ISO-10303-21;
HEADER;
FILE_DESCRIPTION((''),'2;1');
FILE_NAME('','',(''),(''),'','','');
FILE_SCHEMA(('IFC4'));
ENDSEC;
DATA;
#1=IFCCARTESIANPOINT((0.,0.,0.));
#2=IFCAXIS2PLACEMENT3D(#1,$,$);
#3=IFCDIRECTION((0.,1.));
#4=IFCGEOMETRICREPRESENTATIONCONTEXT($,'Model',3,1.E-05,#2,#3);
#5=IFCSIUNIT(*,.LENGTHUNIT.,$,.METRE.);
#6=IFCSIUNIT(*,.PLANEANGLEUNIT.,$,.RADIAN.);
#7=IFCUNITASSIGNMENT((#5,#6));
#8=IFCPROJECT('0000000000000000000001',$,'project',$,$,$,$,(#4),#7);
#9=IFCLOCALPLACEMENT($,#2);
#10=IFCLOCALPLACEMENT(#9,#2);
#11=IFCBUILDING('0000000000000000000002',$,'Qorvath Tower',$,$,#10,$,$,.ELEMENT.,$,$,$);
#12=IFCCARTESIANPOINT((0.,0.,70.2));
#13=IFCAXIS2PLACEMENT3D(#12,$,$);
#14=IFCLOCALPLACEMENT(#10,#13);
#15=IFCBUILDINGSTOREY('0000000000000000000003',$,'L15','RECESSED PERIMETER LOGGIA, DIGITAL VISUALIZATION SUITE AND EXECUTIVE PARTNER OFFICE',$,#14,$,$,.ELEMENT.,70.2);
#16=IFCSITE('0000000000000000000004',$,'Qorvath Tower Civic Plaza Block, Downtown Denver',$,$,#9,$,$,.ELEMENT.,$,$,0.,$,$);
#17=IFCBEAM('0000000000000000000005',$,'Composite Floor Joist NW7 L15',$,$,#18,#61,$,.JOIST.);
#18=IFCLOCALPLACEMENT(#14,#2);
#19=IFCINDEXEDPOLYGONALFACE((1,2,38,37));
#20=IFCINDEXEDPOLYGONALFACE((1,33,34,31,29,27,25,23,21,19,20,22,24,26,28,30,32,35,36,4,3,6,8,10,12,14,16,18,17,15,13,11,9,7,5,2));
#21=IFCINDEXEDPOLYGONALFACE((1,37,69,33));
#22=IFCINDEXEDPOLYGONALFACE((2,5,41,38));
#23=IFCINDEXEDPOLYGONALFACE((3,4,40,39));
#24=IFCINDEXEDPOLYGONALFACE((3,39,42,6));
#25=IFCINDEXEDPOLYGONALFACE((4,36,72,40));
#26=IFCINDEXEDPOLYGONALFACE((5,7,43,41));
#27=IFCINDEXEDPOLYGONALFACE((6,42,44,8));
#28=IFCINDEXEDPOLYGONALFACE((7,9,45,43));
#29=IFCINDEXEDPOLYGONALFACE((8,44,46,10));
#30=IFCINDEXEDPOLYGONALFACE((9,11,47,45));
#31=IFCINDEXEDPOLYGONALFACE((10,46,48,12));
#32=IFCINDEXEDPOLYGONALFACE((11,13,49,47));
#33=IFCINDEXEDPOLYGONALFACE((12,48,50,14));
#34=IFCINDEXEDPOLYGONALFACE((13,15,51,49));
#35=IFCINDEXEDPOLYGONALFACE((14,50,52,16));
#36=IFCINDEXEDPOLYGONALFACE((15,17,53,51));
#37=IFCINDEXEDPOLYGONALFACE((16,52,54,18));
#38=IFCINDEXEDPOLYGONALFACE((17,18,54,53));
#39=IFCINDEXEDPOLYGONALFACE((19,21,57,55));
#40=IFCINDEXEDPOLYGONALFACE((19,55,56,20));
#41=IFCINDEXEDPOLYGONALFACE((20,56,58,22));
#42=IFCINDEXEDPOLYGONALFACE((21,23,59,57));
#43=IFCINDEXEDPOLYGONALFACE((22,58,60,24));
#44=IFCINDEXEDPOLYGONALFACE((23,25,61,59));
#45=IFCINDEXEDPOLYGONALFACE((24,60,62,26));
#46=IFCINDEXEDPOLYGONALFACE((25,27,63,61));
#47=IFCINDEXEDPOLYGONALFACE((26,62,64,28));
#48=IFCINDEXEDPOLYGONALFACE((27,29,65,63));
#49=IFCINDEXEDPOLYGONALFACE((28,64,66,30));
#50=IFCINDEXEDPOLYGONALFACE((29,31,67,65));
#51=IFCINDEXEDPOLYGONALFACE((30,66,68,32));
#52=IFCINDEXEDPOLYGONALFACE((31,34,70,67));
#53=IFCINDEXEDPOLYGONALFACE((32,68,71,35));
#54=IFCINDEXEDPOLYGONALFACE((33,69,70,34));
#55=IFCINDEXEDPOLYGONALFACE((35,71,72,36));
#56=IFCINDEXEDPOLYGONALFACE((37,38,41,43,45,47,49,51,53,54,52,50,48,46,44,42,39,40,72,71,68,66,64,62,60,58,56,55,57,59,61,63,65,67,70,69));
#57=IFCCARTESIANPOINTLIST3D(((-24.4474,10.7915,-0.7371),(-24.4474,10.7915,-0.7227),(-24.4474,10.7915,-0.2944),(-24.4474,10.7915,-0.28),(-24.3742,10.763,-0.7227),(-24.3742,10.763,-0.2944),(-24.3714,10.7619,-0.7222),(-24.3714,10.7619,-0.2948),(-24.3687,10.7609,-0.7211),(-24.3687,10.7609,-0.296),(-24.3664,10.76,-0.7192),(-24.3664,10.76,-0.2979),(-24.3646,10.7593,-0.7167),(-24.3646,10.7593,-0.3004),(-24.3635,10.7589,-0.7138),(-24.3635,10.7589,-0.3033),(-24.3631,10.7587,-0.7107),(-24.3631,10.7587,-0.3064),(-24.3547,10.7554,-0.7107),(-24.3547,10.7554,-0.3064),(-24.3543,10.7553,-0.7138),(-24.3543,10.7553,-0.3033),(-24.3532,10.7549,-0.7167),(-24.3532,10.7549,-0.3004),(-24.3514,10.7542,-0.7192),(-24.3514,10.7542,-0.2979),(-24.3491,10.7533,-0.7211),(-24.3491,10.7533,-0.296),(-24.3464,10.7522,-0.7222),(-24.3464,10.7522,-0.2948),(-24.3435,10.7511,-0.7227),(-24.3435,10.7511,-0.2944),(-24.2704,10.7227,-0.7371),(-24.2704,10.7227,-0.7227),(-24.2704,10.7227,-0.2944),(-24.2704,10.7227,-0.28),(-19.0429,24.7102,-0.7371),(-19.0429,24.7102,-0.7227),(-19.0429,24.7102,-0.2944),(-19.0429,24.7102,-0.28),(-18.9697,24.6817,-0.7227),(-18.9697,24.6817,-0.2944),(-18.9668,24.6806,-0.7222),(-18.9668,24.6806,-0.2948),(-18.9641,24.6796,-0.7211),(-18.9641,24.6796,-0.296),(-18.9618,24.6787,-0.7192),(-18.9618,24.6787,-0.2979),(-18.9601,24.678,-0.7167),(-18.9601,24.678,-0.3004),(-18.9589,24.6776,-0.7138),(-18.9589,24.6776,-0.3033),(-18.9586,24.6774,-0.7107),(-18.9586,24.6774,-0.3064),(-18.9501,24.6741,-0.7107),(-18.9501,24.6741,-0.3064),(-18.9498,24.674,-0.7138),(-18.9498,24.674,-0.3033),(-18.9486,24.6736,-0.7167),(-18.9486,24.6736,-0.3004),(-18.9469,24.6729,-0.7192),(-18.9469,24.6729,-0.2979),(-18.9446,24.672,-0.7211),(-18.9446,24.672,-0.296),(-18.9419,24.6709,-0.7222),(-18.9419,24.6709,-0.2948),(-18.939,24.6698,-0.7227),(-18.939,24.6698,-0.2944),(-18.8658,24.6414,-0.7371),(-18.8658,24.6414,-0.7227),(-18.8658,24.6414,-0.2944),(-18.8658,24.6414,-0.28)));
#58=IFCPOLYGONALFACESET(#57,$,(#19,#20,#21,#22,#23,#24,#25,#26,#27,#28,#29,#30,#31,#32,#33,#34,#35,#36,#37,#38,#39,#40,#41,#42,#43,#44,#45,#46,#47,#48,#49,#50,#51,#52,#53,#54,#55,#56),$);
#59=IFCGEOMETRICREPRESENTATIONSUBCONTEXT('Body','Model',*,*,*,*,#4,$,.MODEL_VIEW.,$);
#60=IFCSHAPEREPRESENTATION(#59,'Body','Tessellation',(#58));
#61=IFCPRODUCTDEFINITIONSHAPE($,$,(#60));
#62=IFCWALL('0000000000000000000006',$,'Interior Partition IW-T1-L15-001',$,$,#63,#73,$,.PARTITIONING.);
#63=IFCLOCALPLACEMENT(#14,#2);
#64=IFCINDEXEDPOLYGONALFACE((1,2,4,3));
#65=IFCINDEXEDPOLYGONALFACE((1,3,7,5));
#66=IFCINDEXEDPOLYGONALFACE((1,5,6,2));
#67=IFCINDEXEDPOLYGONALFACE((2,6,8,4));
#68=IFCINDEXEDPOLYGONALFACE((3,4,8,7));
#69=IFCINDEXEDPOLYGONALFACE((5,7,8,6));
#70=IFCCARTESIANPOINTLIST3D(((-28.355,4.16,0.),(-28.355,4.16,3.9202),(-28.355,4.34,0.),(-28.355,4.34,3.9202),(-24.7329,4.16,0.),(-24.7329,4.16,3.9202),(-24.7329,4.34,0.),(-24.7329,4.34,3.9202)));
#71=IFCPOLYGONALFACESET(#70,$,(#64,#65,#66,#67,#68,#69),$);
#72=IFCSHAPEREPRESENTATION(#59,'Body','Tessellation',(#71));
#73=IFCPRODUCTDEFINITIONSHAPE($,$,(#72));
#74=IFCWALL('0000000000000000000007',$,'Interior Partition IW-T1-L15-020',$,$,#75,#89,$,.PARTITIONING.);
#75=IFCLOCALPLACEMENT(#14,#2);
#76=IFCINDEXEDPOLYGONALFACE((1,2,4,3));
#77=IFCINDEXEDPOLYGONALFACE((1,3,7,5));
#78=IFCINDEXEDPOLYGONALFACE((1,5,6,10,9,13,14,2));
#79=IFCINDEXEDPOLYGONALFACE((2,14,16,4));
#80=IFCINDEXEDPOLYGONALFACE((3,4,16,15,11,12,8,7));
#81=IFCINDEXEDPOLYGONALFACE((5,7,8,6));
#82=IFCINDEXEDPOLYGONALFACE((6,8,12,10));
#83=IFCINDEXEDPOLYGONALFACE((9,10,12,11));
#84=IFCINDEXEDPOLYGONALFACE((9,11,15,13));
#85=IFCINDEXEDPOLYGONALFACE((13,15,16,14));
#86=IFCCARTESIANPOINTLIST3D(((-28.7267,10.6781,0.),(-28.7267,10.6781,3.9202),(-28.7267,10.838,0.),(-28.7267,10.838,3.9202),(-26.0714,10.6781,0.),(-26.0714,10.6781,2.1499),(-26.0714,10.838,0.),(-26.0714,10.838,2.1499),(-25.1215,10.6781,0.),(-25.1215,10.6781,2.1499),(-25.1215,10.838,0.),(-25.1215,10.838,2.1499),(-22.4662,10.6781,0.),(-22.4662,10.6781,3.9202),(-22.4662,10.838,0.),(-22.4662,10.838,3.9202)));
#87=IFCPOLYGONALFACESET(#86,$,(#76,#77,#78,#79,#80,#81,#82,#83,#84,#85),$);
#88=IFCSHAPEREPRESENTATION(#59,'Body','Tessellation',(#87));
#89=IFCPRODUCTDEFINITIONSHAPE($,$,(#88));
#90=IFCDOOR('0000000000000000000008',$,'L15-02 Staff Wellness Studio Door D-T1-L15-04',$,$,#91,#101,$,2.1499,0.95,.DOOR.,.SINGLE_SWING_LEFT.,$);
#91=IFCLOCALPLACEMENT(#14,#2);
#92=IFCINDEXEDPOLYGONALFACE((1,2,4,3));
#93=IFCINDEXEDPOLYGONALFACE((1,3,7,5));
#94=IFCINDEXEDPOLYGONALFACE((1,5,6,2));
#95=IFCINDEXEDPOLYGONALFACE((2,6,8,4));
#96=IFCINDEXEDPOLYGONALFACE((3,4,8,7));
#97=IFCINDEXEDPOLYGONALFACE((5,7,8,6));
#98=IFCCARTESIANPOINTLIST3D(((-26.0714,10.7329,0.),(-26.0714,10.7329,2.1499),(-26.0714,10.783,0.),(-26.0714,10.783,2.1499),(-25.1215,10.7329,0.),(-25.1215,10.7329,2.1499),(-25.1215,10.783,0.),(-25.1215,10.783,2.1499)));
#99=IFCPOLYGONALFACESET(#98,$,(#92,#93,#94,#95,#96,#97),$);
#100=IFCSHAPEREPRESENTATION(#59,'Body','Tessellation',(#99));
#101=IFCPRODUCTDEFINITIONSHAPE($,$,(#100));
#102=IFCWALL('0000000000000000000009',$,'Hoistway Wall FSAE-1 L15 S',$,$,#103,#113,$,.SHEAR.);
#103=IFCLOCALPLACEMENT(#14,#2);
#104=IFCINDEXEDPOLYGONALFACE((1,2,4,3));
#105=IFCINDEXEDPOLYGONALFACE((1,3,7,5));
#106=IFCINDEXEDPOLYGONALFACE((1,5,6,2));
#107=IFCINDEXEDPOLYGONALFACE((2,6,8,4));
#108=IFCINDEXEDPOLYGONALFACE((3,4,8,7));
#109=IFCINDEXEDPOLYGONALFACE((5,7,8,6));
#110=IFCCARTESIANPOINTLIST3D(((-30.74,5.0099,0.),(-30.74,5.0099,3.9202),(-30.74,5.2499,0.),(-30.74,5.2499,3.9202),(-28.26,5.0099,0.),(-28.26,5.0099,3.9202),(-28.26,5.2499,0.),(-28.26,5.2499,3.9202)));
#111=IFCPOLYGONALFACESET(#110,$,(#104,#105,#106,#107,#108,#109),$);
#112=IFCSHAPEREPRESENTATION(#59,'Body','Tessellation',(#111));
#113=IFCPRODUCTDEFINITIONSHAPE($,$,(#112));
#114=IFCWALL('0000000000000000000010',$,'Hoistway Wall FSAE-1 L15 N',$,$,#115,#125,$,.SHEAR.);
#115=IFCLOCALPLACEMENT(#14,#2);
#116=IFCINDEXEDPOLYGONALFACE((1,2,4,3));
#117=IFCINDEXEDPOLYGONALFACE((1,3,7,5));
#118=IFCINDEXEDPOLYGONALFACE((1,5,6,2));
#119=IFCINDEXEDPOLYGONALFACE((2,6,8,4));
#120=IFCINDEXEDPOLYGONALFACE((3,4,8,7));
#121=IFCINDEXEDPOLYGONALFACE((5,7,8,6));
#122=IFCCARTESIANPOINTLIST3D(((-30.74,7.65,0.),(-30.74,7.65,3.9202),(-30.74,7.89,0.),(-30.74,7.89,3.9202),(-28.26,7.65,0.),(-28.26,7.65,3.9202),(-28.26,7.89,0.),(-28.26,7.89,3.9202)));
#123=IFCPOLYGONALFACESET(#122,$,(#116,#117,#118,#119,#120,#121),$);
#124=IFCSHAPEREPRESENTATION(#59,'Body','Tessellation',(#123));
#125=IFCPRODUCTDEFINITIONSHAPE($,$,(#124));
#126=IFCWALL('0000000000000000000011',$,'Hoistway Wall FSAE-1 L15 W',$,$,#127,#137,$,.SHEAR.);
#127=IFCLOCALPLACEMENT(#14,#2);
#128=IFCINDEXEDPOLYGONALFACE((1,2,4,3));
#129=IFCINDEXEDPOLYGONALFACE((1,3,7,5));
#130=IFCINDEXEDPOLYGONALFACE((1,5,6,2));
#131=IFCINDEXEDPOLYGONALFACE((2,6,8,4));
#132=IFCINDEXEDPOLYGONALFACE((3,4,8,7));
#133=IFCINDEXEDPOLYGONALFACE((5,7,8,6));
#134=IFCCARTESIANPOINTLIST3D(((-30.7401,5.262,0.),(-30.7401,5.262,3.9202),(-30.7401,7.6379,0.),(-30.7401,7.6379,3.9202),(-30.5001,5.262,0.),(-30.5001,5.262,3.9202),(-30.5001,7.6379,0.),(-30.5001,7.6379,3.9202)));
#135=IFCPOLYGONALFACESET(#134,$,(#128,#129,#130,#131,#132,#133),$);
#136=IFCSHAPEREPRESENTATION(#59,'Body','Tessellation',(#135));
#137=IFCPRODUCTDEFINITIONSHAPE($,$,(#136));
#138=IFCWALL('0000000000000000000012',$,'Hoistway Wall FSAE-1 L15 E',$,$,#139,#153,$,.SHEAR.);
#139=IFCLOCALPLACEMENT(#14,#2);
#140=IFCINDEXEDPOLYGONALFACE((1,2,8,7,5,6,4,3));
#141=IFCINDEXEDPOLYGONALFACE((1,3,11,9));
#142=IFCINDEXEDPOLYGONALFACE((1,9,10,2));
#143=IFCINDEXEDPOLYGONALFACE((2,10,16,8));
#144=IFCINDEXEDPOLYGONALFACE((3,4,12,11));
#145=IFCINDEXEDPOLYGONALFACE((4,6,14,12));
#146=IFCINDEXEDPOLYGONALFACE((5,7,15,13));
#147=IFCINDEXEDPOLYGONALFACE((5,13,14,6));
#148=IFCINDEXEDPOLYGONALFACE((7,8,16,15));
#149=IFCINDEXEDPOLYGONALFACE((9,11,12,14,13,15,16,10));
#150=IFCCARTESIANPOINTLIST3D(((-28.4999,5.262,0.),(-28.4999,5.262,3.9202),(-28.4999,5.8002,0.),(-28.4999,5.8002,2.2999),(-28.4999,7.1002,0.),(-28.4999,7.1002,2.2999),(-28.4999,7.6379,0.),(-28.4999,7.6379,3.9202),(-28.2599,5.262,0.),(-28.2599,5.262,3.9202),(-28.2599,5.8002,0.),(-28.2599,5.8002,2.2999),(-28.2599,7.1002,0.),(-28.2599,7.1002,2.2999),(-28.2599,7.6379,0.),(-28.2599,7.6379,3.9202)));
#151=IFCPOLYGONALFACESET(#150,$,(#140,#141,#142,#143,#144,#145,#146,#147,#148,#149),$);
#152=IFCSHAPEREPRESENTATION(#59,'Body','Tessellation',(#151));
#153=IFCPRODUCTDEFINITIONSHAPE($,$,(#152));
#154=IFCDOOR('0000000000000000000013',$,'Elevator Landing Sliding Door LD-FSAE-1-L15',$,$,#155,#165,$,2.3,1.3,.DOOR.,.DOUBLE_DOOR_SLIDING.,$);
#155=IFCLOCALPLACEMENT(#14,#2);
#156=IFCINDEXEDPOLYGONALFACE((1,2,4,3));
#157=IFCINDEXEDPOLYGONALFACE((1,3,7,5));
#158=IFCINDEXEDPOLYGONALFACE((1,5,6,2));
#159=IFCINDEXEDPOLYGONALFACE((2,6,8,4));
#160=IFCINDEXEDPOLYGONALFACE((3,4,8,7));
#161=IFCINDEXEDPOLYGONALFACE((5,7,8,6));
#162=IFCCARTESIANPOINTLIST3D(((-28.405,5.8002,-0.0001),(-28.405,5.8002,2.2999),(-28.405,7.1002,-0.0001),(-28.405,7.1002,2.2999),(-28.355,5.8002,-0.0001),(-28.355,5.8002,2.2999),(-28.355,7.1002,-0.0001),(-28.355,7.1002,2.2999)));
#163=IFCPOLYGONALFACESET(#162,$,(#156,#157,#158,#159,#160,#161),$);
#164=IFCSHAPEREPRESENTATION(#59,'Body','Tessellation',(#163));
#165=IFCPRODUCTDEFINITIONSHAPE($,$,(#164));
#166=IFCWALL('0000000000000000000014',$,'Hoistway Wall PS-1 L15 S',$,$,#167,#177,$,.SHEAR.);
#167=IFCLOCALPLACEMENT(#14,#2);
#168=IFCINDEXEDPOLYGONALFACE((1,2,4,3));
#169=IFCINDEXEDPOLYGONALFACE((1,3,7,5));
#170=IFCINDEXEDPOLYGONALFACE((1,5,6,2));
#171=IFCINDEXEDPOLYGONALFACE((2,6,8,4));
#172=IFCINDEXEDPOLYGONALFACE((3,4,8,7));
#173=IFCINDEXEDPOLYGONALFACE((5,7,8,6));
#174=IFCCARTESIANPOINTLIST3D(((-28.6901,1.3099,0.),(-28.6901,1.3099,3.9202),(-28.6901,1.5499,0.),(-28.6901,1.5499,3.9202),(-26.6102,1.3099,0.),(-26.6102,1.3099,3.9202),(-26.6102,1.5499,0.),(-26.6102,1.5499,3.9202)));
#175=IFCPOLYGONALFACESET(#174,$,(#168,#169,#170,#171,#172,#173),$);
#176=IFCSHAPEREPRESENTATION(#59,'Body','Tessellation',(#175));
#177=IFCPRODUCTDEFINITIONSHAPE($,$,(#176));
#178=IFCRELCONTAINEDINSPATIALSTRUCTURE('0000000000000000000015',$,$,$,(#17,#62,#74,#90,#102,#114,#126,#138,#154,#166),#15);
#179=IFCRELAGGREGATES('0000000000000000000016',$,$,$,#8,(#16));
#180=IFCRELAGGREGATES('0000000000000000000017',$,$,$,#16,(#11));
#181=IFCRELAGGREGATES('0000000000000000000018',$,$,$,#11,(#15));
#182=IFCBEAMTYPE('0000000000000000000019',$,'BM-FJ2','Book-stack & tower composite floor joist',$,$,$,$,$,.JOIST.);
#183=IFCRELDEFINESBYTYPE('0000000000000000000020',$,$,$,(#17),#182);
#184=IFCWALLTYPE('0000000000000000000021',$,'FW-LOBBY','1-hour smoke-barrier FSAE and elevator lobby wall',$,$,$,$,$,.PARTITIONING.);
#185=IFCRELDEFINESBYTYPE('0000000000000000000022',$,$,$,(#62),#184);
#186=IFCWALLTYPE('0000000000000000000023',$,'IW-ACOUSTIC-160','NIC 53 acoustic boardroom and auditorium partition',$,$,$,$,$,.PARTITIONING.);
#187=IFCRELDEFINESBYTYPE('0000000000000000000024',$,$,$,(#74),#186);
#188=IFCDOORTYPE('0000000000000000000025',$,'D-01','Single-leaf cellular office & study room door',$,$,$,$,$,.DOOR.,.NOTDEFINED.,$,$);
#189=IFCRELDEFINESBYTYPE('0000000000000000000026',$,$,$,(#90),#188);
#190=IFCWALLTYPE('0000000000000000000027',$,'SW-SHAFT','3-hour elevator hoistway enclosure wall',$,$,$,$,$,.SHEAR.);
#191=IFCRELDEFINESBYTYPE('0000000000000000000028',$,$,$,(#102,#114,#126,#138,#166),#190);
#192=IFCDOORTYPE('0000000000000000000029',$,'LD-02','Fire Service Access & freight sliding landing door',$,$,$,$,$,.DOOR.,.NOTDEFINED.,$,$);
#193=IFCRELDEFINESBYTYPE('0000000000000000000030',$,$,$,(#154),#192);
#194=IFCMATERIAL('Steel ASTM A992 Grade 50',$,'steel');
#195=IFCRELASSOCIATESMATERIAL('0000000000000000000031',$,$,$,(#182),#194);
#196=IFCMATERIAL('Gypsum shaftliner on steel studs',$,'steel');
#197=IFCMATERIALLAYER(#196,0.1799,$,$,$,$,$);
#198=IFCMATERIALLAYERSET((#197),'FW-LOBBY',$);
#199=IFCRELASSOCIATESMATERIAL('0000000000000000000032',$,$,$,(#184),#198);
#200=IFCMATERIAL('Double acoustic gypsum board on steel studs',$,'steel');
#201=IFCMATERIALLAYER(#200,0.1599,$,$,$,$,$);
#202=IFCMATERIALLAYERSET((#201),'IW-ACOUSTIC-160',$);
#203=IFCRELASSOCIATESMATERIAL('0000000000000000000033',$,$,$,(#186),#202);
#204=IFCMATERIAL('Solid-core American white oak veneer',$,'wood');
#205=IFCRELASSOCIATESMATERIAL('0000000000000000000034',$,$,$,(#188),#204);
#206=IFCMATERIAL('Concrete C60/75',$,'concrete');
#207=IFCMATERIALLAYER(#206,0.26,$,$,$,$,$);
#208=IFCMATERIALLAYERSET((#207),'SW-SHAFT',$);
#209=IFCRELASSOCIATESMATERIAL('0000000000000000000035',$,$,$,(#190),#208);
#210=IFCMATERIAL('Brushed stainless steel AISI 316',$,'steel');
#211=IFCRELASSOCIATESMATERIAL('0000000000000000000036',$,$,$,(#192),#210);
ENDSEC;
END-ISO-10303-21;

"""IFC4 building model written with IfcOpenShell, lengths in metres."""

from ifc_helpers import new_model, si_unit, direction, frame, frame_2d, origin, origin_2d, place, context, subcontext, project, spatial, rectangle, i_section, extrude, material, layer, layer_set, material_profile, profile_set, type_object, element, fill, save


model = new_model("IFC4")

# Units and contexts
model_context = context("Model", 3, precision=1e-05, world=origin(), true_north=direction((0.0, 1.0)))
body_context = subcontext(model_context, "Body", "Model", "MODEL_VIEW")
ifc_project = project(units=[si_unit("LENGTHUNIT", "METRE"), si_unit("PLANEANGLEUNIT", "RADIAN")], contexts=[model_context])

# Site, building, storey
site_placement = place(None, origin())
site = spatial("IfcSite", under=ifc_project, at=site_placement, Name="Qorvath Tower Civic Plaza Block, Downtown Denver", CompositionType="ELEMENT", RefElevation=0.0)
building_placement = place(site_placement, origin())
building = spatial("IfcBuilding", under=site, at=building_placement, Name="Qorvath Tower", CompositionType="ELEMENT")
storey_placement = place(building_placement, frame((0.0, 0.0, 70.2)))
storey = spatial("IfcBuildingStorey", under=building, at=storey_placement, Name="L15", Description="RECESSED PERIMETER LOGGIA, DIGITAL VISUALIZATION SUITE AND EXECUTIVE PARTNER OFFICE", CompositionType="ELEMENT", Elevation=70.2)

# Beam
ifc_material_1 = material(Name="Steel ASTM A992 Grade 50", Category="steel")
ifc_material_profile_1 = material_profile(ifc_material_1, i_section(OverallWidth=0.1899, OverallDepth=0.457, WebThickness=0.009, FlangeThickness=0.0144, FilletRadius=0.012, at=origin_2d()), Name="W18x50")
ifc_profile_set_1 = profile_set([ifc_material_profile_1], Name="Steel ASTM A992 Grade 50")
beam_type_1 = type_object("IfcBeamType", Name="BM-FJ2", Description="Book-stack & tower composite floor joist", PredefinedType="JOIST", material=ifc_profile_set_1)
beam_1_placement = place(storey_placement, frame((-24.3589, 10.7571, -0.5085), z_axis=(0.361964, 0.932192, 0.0), x_axis=(-0.932192, 0.361964, 0.0)))
element("IfcBeam", 1, at=beam_1_placement, inside=storey, type_object=beam_type_1, Name="Composite Floor Joist NW7 L15", PredefinedType="JOIST", context=body_context, shape_type="SweptSolid", body=[
    extrude(i_section(OverallWidth=0.1899, OverallDepth=0.457, WebThickness=0.009, FlangeThickness=0.0144, FilletRadius=0.012, at=origin_2d()), origin(), (0.0, 0.0, 1.0), 14.9312),
])

# Wall
ifc_material_2 = material(Name="Gypsum shaftliner on steel studs", Category="steel")
ifc_layer_1 = layer(ifc_material_2, 0.1799)
ifc_layer_set_1 = layer_set([ifc_layer_1], Name="FW-LOBBY")
wall_type_1 = type_object("IfcWallType", Name="FW-LOBBY", Description="1-hour smoke-barrier FSAE and elevator lobby wall", PredefinedType="PARTITIONING", material=ifc_layer_set_1)
wall_1_placement = place(storey_placement, frame((-28.355, 4.25, 0.0), z_axis=(0.0, 0.0, 1.0), x_axis=(1.0, 0.0, 0.0)))
element("IfcWall", 2, at=wall_1_placement, inside=storey, type_object=wall_type_1, Name="Interior Partition IW-T1-L15-001", PredefinedType="PARTITIONING", context=body_context, shape_type="SweptSolid", body=[
    extrude(rectangle(XDim=3.6221, YDim=0.1799, at=frame_2d((1.811, 0.0))), origin(), (0.0, 0.0, 1.0), 3.9202),
])

# Wall, opening, door
ifc_material_3 = material(Name="Double acoustic gypsum board on steel studs", Category="steel")
ifc_layer_2 = layer(ifc_material_3, 0.1599)
ifc_layer_set_2 = layer_set([ifc_layer_2], Name="IW-ACOUSTIC-160")
wall_type_2 = type_object("IfcWallType", Name="IW-ACOUSTIC-160", Description="NIC 53 acoustic boardroom and auditorium partition", PredefinedType="PARTITIONING", material=ifc_layer_set_2)
wall_2_placement = place(storey_placement, frame((-28.7268, 10.7581, 0.0), z_axis=(0.0, 0.0, 1.0), x_axis=(1.0, 0.0, 0.0)))
wall_2 = element("IfcWall", 3, at=wall_2_placement, inside=storey, type_object=wall_type_2, Name="Interior Partition IW-T1-L15-020", PredefinedType="PARTITIONING", context=body_context, shape_type="SweptSolid", body=[
    extrude(rectangle(XDim=6.2605, YDim=0.1599, at=frame_2d((3.1304, 0.0))), origin(), (0.0, 0.0, 1.0), 3.9202),
])
opening_1_placement = place(wall_2_placement, frame((2.6553, 0.0, 0.0)))
opening_1 = element("IfcOpeningElement", 4, at=opening_1_placement, cuts=wall_2, PredefinedType="OPENING", context=body_context, shape_type="SweptSolid", body=[
    extrude(rectangle(XDim=0.95, YDim=2.1499, at=frame_2d((0.4751, 1.075))), frame((0.0, 0.0898, 0.0), z_axis=(0.0, -1.0, 0.0), x_axis=(1.0, 0.0, 0.0)), (0.0, 0.0, 1.0), 0.1799),
])
ifc_material_4 = material(Name="Solid-core American white oak veneer", Category="wood")
door_type_1 = type_object("IfcDoorType", Name="D-01", Description="Single-leaf cellular office & study room door", OperationType="NOTDEFINED", PredefinedType="DOOR", material=ifc_material_4)
door_1_placement = place(opening_1_placement, origin())
door_1 = element("IfcDoor", 5, at=door_1_placement, inside=storey, type_object=door_type_1, Name="L15-02 Staff Wellness Studio Door D-T1-L15-04", OperationType="SINGLE_SWING_LEFT", OverallHeight=2.1499, OverallWidth=0.95, PredefinedType="DOOR", context=body_context, shape_type="SweptSolid", body=[
    extrude(rectangle(XDim=0.95, YDim=2.1499, at=frame_2d((0.4751, 1.075))), frame((0.0, 0.0249, 0.0), z_axis=(0.0, -1.0, 0.0), x_axis=(1.0, 0.0, 0.0)), (0.0, 0.0, 1.0), 0.05),
])
fill(opening_1, door_1)

# Walls
ifc_material_5 = material(Name="Concrete C60/75", Category="concrete")
ifc_layer_3 = layer(ifc_material_5, 0.26)
ifc_layer_set_3 = layer_set([ifc_layer_3], Name="SW-SHAFT")
wall_type_3 = type_object("IfcWallType", Name="SW-SHAFT", Description="3-hour elevator hoistway enclosure wall", PredefinedType="SHEAR", material=ifc_layer_set_3)
for number, where, z_axis, x_axis, name in (
    (6, (-28.26, 5.1299, 0.0), (0.0, 0.0, 1.0), (-1.0, 0.0, 0.0), "Hoistway Wall FSAE-1 L15 S"),
    (7, (-30.74, 7.77, 0.0), (0.0, 0.0, 1.0), (1.0, 0.0, 0.0), "Hoistway Wall FSAE-1 L15 N"),
):
    element("IfcWall", number, at=place(storey_placement, frame(where, z_axis=z_axis, x_axis=x_axis)), inside=storey, type_object=wall_type_3, Name=name, PredefinedType="SHEAR", context=body_context, shape_type="SweptSolid", body=[
        extrude(rectangle(XDim=2.48, YDim=0.24, at=frame_2d((1.24, 0.0))), origin(), (0.0, 0.0, 1.0), 3.9202),
    ])
wall_3_placement = place(storey_placement, frame((-30.6201, 5.262, 0.0), z_axis=(0.0, 0.0, 1.0), x_axis=(0.0, 1.0, 0.0)))
element("IfcWall", 8, at=wall_3_placement, inside=storey, type_object=wall_type_3, Name="Hoistway Wall FSAE-1 L15 W", PredefinedType="SHEAR", context=body_context, shape_type="SweptSolid", body=[
    extrude(rectangle(XDim=2.376, YDim=0.24, at=frame_2d((1.188, 0.0))), origin(), (0.0, 0.0, 1.0), 3.9202),
])

# Wall, opening, door
wall_4_placement = place(storey_placement, frame((-28.3799, 7.6379, 0.0), z_axis=(0.0, 0.0, 1.0), x_axis=(0.0, -1.0, 0.0)))
wall_4 = element("IfcWall", 9, at=wall_4_placement, inside=storey, type_object=wall_type_3, Name="Hoistway Wall FSAE-1 L15 E", PredefinedType="SHEAR", context=body_context, shape_type="SweptSolid", body=[
    extrude(rectangle(XDim=2.376, YDim=0.24, at=frame_2d((1.188, 0.0))), origin(), (0.0, 0.0, 1.0), 3.9202),
])
opening_2_placement = place(wall_4_placement, frame((0.5378, 0.0, 0.0)))
opening_2 = element("IfcOpeningElement", 10, at=opening_2_placement, cuts=wall_4, PredefinedType="OPENING", context=body_context, shape_type="SweptSolid", body=[
    extrude(rectangle(XDim=1.3, YDim=2.3, at=frame_2d((0.6499, 1.1499))), frame((0.0, 0.1299, 0.0), z_axis=(0.0, -1.0, 0.0), x_axis=(1.0, 0.0, 0.0)), (0.0, 0.0, 1.0), 0.26),
])
ifc_material_6 = material(Name="Brushed stainless steel AISI 316", Category="steel")
door_type_2 = type_object("IfcDoorType", Name="LD-02", Description="Fire Service Access & freight sliding landing door", OperationType="NOTDEFINED", PredefinedType="DOOR", material=ifc_material_6)
door_2_placement = place(opening_2_placement, origin())
door_2 = element("IfcDoor", 11, at=door_2_placement, inside=storey, type_object=door_type_2, Name="Elevator Landing Sliding Door LD-FSAE-1-L15", OperationType="DOUBLE_DOOR_SLIDING", OverallHeight=2.3, OverallWidth=1.3, PredefinedType="DOOR", context=body_context, shape_type="SweptSolid", body=[
    extrude(rectangle(XDim=1.3, YDim=2.3, at=frame_2d((0.6499, 1.1499))), frame((0.0, 0.0249, 0.0), z_axis=(0.0, -1.0, 0.0), x_axis=(1.0, 0.0, 0.0)), (0.0, 0.0, 1.0), 0.05),
])
fill(opening_2, door_2)

# Wall
for number, where, z_axis, x_axis, name in (
    (12, (-26.6101, 1.4299, 0.0), (0.0, 0.0, 1.0), (-1.0, 0.0, 0.0), "Hoistway Wall PS-1 L15 S"),
):
    element("IfcWall", number, at=place(storey_placement, frame(where, z_axis=z_axis, x_axis=x_axis)), inside=storey, type_object=wall_type_3, Name=name, PredefinedType="SHEAR", context=body_context, shape_type="SweptSolid", body=[
        extrude(rectangle(XDim=2.0798, YDim=0.24, at=frame_2d((1.04, 0.0))), origin(), (0.0, 0.0, 1.0), 3.9202),
    ])

save(model, "model.ifc")
